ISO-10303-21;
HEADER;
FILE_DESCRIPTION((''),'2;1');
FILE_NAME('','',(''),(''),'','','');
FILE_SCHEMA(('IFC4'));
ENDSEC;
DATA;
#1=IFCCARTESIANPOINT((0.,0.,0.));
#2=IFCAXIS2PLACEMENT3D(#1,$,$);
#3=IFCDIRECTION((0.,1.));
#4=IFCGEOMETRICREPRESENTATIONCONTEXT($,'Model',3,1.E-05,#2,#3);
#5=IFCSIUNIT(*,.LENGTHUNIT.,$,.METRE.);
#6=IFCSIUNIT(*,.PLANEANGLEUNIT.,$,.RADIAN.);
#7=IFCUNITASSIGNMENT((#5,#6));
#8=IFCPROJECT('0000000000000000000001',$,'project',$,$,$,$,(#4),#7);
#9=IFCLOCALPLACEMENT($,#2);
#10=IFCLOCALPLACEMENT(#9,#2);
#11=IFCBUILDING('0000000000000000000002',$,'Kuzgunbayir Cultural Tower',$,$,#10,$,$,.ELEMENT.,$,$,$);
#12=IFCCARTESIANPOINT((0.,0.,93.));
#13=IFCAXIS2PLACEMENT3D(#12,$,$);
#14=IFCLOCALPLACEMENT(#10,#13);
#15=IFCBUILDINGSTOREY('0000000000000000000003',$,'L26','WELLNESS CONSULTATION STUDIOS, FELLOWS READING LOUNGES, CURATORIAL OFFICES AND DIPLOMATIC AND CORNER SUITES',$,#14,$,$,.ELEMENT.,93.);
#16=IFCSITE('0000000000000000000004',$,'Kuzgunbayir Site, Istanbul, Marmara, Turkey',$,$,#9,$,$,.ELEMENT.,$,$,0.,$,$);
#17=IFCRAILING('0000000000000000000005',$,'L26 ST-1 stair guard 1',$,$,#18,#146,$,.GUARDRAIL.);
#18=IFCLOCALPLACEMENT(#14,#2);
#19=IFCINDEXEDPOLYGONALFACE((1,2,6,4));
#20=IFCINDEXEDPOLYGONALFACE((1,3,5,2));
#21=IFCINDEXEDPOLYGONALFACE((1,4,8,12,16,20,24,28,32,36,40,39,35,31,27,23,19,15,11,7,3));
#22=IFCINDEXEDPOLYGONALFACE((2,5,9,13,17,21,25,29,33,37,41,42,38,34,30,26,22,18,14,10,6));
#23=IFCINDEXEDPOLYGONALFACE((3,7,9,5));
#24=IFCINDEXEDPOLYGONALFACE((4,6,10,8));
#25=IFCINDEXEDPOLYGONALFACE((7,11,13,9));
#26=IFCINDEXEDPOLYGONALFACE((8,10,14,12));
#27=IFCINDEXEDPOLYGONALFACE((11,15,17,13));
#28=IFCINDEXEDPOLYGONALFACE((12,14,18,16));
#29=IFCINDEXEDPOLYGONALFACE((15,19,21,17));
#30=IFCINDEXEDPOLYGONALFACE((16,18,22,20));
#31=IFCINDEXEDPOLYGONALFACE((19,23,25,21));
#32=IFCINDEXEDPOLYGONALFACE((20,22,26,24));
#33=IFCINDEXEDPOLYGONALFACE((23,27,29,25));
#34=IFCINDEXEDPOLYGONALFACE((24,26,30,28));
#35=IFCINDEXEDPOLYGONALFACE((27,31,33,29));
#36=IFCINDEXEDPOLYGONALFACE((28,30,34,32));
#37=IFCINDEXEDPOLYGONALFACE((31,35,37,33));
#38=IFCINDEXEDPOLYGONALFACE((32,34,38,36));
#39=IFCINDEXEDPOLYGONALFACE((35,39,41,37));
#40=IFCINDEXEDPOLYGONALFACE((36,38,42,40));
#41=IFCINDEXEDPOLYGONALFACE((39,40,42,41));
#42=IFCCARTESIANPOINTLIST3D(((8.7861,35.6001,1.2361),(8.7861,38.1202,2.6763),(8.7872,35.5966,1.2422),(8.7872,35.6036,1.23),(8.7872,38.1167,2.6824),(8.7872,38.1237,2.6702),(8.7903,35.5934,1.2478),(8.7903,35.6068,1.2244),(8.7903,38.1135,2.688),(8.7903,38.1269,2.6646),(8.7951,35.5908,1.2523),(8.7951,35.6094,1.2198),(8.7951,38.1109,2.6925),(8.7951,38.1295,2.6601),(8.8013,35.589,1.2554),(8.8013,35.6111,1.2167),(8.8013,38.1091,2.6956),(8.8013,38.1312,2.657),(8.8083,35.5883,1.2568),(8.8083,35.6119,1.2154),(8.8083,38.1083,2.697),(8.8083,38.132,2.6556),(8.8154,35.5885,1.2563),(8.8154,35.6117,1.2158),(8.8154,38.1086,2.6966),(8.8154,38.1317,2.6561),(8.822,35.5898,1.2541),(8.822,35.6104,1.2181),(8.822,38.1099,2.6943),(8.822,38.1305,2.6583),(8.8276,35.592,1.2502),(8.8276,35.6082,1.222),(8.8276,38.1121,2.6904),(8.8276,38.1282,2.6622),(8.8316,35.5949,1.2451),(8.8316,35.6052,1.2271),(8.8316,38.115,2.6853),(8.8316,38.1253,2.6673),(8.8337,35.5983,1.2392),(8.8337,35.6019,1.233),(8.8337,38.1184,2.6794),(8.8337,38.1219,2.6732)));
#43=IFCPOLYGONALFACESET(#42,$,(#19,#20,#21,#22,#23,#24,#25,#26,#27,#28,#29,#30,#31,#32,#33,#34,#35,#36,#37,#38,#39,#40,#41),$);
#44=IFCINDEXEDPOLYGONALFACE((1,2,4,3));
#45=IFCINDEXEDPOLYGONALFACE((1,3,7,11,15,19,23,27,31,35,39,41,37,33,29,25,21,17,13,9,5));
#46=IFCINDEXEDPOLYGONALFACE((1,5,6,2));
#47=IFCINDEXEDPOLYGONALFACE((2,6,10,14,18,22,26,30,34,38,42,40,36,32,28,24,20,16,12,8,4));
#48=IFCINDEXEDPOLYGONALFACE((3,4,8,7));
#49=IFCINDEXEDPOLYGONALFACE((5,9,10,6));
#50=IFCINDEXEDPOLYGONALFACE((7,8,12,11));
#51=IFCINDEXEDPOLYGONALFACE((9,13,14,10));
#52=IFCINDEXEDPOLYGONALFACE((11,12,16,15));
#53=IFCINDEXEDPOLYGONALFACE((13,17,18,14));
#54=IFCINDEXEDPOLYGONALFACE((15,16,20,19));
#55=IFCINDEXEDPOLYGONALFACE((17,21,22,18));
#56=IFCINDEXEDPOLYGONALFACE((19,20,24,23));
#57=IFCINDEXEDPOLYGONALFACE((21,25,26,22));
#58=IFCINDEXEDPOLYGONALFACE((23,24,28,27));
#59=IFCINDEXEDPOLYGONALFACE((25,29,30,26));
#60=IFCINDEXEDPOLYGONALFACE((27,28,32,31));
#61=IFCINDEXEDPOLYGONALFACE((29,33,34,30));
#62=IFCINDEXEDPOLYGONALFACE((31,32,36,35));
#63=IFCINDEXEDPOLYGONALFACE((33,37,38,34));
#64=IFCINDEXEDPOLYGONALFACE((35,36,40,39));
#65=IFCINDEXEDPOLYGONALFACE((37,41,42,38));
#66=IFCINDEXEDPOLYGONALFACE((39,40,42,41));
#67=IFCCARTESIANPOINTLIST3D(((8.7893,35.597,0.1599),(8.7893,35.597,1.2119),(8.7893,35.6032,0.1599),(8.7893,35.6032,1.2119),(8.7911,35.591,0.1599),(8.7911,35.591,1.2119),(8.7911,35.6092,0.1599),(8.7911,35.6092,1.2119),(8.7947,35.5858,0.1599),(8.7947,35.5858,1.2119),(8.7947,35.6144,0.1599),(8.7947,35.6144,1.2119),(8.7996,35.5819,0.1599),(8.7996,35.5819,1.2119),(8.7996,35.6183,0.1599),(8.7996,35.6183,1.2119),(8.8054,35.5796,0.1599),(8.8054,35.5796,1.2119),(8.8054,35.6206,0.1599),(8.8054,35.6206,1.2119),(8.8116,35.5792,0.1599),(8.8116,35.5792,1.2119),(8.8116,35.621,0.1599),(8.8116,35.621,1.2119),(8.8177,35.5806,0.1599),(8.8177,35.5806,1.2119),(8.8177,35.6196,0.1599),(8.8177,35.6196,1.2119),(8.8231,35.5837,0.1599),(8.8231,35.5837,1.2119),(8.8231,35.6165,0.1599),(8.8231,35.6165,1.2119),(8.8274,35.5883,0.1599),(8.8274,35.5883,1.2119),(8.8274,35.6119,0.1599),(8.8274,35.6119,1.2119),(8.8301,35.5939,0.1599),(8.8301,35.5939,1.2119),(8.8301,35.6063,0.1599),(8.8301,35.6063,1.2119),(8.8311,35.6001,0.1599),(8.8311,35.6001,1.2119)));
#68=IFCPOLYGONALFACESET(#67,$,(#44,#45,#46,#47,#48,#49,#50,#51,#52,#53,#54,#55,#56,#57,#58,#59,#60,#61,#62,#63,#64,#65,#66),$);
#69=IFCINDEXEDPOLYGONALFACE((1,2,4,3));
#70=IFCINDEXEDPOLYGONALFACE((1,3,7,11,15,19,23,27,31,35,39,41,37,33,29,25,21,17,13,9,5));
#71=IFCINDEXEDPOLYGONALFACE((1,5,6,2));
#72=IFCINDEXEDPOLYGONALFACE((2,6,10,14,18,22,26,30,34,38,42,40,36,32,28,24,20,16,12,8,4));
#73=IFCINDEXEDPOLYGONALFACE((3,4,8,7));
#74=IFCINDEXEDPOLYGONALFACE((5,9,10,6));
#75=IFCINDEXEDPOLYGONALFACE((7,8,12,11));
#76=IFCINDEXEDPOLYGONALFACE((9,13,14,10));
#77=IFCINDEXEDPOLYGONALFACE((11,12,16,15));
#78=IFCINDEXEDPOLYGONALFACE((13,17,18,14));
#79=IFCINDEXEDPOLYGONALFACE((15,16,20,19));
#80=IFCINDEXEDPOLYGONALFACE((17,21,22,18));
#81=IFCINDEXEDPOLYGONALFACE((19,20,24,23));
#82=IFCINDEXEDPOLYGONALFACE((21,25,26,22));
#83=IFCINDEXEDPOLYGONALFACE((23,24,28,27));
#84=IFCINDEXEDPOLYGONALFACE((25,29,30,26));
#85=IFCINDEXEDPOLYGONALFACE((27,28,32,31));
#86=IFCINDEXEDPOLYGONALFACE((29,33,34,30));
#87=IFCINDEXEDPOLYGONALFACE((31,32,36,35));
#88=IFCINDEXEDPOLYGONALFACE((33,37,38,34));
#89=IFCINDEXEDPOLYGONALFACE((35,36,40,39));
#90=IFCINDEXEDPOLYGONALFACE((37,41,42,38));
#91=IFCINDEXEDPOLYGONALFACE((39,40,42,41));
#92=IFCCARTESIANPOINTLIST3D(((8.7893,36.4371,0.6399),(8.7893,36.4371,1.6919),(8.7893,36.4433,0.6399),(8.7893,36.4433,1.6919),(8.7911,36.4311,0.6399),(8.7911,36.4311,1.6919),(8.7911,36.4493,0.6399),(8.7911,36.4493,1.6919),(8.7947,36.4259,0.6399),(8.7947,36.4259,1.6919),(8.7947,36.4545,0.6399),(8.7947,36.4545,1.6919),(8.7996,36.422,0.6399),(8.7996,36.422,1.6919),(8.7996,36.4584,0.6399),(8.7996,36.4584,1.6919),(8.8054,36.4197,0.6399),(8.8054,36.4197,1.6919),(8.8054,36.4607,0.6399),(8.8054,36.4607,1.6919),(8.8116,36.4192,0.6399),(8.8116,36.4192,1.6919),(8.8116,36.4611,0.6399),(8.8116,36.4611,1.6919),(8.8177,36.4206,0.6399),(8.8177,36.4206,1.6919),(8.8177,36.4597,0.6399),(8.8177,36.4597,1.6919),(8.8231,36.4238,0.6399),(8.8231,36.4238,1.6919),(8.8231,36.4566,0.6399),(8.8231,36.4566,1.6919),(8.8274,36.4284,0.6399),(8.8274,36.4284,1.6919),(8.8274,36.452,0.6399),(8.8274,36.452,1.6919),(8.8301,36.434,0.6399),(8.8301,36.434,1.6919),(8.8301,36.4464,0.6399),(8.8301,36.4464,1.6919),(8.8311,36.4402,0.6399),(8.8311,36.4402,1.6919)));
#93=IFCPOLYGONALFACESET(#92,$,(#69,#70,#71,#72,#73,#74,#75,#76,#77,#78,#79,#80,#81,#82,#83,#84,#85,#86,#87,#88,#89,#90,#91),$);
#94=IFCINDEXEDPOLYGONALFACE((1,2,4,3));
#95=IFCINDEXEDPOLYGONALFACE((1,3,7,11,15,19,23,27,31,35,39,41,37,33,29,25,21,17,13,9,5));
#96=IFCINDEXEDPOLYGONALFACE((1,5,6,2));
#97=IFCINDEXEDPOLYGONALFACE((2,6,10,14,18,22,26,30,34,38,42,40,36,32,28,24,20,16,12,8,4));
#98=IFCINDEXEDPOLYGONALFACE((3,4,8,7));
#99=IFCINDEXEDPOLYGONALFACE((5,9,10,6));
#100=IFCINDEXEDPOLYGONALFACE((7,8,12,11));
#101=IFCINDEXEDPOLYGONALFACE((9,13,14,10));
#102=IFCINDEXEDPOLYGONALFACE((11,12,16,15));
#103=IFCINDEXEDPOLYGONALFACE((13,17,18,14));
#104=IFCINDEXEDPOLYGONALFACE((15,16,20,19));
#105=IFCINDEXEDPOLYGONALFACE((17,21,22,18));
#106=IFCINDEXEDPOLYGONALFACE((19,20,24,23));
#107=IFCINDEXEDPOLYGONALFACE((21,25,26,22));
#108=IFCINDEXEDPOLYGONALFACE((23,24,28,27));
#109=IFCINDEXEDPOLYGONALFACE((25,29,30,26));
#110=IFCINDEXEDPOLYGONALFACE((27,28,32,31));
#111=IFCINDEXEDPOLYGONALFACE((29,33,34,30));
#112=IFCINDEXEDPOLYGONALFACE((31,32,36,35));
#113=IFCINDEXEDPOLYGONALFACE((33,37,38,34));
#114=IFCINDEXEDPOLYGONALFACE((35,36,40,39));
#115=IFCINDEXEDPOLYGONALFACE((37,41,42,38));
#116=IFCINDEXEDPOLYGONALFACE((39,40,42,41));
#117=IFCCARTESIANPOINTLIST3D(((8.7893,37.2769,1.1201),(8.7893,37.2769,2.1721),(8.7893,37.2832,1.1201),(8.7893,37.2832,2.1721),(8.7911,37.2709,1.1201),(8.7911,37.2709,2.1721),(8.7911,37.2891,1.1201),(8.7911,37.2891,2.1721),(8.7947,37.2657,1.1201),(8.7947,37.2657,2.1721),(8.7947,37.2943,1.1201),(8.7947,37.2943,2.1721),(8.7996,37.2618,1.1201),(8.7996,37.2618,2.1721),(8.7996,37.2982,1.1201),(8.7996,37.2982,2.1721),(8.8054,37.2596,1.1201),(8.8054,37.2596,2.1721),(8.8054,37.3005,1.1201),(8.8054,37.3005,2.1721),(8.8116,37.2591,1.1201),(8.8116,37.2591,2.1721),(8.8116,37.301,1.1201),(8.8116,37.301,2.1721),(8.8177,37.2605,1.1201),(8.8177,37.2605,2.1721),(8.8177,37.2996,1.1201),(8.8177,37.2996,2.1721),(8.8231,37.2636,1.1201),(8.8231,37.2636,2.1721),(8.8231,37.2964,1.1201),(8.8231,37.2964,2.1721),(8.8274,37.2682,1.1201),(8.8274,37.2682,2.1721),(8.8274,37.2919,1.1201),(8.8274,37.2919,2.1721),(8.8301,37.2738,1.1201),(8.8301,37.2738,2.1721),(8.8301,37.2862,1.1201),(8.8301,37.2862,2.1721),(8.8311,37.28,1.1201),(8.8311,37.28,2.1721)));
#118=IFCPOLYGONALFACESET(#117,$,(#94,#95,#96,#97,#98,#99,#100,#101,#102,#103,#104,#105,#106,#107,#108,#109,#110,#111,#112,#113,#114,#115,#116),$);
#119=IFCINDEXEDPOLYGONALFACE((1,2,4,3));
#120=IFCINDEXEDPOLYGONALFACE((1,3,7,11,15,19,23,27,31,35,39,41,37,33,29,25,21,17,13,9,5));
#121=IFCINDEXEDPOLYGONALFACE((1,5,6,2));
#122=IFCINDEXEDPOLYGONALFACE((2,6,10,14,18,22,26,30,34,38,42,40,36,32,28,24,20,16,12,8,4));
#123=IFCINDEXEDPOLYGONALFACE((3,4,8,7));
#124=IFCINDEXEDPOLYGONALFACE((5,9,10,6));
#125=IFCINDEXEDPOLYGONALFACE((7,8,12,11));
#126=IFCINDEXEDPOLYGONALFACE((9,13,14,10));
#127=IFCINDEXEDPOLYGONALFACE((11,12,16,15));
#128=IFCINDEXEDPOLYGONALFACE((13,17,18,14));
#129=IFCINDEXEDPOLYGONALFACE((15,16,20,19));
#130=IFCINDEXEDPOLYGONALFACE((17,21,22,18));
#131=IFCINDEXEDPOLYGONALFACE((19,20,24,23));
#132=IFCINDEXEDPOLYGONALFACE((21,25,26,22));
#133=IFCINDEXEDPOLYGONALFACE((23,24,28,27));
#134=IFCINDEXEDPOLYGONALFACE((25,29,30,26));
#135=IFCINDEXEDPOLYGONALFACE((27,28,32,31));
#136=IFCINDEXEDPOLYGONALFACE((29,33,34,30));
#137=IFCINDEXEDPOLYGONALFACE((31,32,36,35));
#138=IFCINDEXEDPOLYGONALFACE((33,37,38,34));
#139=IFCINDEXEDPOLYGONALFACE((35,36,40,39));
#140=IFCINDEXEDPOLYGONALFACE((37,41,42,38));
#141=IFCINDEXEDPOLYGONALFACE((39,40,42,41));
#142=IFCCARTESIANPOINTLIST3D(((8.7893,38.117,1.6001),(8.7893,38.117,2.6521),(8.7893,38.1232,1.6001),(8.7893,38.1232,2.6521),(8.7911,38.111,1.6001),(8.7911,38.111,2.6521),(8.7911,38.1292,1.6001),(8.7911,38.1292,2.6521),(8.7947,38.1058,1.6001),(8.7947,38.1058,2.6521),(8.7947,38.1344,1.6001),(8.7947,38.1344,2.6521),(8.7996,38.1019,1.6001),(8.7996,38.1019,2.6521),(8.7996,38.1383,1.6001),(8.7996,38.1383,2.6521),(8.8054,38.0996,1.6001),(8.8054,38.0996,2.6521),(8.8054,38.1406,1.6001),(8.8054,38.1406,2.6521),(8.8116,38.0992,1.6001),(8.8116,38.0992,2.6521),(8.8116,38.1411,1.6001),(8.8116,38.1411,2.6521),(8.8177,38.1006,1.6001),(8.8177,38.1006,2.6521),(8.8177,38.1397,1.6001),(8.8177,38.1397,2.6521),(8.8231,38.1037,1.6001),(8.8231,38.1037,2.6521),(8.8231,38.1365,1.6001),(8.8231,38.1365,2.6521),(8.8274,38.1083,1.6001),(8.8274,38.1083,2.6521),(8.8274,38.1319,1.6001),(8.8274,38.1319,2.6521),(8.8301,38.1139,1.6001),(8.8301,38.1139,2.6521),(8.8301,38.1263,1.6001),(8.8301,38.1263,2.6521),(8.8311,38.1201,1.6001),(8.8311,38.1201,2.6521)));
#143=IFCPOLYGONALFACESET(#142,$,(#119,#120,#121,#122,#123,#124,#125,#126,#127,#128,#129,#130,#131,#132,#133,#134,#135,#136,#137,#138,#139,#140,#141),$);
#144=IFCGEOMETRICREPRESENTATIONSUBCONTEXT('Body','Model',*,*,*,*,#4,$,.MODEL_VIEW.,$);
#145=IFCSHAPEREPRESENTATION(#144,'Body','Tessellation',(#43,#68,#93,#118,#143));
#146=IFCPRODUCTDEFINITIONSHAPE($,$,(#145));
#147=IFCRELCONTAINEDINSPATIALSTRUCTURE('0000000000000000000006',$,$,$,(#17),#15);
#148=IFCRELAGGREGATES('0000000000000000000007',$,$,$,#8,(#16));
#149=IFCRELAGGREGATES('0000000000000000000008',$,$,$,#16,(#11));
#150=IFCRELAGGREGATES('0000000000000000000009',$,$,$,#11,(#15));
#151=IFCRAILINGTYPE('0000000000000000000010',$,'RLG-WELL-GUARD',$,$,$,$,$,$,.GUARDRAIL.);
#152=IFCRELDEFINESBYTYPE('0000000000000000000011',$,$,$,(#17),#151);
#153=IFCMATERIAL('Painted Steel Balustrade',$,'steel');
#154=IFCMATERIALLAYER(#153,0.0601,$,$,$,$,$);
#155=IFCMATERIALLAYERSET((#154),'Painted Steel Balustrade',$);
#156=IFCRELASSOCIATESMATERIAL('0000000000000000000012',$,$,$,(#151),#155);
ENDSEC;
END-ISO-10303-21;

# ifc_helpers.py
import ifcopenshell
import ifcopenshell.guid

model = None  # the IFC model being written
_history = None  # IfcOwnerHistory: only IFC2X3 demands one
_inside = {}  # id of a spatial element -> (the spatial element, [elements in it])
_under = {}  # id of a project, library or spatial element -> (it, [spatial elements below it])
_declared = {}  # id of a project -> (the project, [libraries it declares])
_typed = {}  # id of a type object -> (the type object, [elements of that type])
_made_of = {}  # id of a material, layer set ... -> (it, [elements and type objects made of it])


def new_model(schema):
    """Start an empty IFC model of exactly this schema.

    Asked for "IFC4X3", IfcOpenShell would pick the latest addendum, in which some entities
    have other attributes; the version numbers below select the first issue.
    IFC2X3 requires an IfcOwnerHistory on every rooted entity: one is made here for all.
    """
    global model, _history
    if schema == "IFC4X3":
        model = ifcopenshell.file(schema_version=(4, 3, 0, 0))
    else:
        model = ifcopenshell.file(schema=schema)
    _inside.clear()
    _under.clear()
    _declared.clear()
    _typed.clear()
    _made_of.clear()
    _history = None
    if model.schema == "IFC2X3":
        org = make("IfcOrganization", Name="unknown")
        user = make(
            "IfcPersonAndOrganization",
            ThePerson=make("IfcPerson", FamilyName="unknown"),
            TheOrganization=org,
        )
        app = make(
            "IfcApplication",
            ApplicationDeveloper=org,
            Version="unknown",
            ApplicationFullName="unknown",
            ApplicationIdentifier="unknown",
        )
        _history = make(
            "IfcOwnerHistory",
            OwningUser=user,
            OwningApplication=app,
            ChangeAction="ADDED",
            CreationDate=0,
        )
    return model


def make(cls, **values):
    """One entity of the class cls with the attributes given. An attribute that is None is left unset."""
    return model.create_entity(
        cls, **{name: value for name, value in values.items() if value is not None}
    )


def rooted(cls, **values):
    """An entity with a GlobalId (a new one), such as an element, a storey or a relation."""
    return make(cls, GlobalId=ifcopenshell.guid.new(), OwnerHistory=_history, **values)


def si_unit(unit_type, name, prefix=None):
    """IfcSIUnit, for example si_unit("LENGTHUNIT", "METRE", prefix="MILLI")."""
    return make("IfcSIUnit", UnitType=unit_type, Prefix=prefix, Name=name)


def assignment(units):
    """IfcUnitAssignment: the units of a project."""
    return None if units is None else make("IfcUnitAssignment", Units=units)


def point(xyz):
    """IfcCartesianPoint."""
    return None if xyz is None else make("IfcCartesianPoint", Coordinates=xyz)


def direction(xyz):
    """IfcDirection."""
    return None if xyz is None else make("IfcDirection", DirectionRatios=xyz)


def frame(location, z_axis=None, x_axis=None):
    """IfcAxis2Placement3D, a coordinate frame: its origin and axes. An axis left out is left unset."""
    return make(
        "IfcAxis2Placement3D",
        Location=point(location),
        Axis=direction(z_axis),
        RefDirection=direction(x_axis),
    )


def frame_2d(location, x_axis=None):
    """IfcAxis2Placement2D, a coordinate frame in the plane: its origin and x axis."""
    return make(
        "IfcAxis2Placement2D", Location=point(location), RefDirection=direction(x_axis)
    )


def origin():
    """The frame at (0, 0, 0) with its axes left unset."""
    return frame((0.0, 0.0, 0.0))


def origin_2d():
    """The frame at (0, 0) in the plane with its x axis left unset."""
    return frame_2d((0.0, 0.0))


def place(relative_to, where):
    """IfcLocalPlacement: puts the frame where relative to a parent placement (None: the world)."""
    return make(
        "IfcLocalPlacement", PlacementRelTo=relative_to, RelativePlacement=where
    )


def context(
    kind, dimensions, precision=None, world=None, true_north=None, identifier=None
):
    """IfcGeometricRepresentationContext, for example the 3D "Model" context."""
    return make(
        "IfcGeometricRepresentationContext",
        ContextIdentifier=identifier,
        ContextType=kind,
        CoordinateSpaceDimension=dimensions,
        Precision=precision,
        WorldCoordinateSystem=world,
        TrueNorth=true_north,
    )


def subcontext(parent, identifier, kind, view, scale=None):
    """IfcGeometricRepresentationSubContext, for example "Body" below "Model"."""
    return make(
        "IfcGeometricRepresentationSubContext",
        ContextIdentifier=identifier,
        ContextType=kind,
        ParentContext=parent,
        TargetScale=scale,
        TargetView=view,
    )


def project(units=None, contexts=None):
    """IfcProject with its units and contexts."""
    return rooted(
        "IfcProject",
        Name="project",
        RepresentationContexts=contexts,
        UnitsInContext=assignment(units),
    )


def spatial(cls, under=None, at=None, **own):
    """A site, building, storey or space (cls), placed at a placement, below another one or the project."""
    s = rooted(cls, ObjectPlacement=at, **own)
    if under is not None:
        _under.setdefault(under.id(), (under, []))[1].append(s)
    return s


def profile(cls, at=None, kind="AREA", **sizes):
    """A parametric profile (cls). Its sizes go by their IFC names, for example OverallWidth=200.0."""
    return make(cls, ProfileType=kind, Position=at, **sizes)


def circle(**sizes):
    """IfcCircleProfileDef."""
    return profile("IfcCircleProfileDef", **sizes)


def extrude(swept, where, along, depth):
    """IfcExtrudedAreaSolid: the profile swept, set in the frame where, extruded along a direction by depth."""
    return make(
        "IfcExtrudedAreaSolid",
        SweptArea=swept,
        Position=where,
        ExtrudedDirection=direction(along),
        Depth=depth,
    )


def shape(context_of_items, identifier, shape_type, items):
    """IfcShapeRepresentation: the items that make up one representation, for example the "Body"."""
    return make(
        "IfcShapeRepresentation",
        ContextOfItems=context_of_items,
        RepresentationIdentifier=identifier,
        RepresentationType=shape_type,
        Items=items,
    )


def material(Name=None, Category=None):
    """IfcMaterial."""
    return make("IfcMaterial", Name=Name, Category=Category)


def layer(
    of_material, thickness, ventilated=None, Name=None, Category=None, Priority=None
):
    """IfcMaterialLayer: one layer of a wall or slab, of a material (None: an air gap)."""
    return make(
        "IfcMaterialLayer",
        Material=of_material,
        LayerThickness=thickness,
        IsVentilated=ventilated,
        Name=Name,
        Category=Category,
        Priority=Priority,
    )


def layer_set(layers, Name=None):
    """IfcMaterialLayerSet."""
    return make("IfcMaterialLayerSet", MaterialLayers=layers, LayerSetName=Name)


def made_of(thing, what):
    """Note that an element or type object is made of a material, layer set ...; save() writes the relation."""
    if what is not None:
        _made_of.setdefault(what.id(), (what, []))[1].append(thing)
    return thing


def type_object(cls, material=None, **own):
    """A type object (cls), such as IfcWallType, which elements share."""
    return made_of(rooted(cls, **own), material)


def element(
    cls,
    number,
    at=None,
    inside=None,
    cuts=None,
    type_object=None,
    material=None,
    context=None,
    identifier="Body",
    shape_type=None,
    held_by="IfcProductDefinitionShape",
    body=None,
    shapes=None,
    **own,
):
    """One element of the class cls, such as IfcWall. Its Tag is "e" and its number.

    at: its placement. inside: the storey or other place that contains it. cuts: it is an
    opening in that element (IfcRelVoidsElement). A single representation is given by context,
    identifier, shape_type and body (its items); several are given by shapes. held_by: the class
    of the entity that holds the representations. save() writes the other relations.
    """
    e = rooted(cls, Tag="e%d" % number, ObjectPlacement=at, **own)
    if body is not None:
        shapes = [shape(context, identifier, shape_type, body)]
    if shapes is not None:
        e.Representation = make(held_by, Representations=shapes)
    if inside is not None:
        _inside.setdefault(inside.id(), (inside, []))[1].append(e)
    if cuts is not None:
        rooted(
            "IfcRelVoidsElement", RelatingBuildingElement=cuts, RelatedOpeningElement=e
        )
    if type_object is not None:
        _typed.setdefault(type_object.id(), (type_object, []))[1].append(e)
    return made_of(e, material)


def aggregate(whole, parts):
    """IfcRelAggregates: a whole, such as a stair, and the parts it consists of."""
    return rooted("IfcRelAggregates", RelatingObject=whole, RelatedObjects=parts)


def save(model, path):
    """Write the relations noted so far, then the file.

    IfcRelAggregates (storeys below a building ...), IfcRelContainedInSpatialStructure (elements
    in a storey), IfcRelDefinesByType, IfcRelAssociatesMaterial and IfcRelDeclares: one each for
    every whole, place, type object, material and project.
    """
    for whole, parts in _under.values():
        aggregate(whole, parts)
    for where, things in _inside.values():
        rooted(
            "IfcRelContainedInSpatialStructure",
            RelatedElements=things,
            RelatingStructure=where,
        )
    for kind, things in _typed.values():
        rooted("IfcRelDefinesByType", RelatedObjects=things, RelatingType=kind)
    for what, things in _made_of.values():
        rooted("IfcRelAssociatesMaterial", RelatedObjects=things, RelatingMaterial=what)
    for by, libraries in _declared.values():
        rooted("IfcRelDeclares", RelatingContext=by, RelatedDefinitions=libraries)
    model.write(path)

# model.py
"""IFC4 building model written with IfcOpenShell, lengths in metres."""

from ifc_helpers import new_model, si_unit, direction, frame, origin, origin_2d, place, context, subcontext, project, spatial, circle, extrude, material, layer, layer_set, type_object, element, save


model = new_model("IFC4")

# Units and contexts
model_context = context("Model", 3, precision=1e-05, world=origin(), true_north=direction((0.0, 1.0)))
body_context = subcontext(model_context, "Body", "Model", "MODEL_VIEW")
ifc_project = project(units=[si_unit("LENGTHUNIT", "METRE"), si_unit("PLANEANGLEUNIT", "RADIAN")], contexts=[model_context])

# Site, building, storey
site_placement = place(None, origin())
site = spatial("IfcSite", under=ifc_project, at=site_placement, Name="Kuzgunbayir Site, Istanbul, Marmara, Turkey", CompositionType="ELEMENT", RefElevation=0.0)
building_placement = place(site_placement, origin())
building = spatial("IfcBuilding", under=site, at=building_placement, Name="Kuzgunbayir Cultural Tower", CompositionType="ELEMENT")
storey_placement = place(building_placement, frame((0.0, 0.0, 93.0)))
storey = spatial("IfcBuildingStorey", under=building, at=storey_placement, Name="L26", Description="WELLNESS CONSULTATION STUDIOS, FELLOWS READING LOUNGES, CURATORIAL OFFICES AND DIPLOMATIC AND CORNER SUITES", CompositionType="ELEMENT", Elevation=93.0)

# Railing
ifc_material_1 = material(Name="Painted Steel Balustrade", Category="steel")
ifc_layer_1 = layer(ifc_material_1, 0.0601)
ifc_layer_set_1 = layer_set([ifc_layer_1], Name="Painted Steel Balustrade")
railing_type_1 = type_object("IfcRailingType", Name="RLG-WELL-GUARD", PredefinedType="GUARDRAIL", material=ifc_layer_set_1)
railing_1_placement = place(storey_placement, frame((8.8101, 35.6001, 0.1599)))
element("IfcRailing", 1, at=railing_1_placement, inside=storey, type_object=railing_type_1, Name="L26 ST-1 stair guard 1", PredefinedType="GUARDRAIL", context=body_context, shape_type="SweptSolid", body=[
    extrude(circle(Radius=0.0239, at=origin_2d()), frame((0.0, 0.0, 1.0762), z_axis=(0.0, 0.868217, 0.496184), x_axis=(-1.0, 0.0, 0.0)), (0.0, 0.0, 1.0), 2.9026),
    extrude(circle(Radius=0.021, at=origin_2d()), origin(), (0.0, 0.0, 1.0), 1.052),
    extrude(circle(Radius=0.021, at=origin_2d()), frame((0.0, 0.8401, 0.48)), (0.0, 0.0, 1.0), 1.052),
    extrude(circle(Radius=0.021, at=origin_2d()), frame((0.0, 1.6799, 0.9602)), (0.0, 0.0, 1.0), 1.052),
    extrude(circle(Radius=0.021, at=origin_2d()), frame((0.0, 2.52, 1.4402)), (0.0, 0.0, 1.0), 1.052),
])

save(model, "model.ifc")
